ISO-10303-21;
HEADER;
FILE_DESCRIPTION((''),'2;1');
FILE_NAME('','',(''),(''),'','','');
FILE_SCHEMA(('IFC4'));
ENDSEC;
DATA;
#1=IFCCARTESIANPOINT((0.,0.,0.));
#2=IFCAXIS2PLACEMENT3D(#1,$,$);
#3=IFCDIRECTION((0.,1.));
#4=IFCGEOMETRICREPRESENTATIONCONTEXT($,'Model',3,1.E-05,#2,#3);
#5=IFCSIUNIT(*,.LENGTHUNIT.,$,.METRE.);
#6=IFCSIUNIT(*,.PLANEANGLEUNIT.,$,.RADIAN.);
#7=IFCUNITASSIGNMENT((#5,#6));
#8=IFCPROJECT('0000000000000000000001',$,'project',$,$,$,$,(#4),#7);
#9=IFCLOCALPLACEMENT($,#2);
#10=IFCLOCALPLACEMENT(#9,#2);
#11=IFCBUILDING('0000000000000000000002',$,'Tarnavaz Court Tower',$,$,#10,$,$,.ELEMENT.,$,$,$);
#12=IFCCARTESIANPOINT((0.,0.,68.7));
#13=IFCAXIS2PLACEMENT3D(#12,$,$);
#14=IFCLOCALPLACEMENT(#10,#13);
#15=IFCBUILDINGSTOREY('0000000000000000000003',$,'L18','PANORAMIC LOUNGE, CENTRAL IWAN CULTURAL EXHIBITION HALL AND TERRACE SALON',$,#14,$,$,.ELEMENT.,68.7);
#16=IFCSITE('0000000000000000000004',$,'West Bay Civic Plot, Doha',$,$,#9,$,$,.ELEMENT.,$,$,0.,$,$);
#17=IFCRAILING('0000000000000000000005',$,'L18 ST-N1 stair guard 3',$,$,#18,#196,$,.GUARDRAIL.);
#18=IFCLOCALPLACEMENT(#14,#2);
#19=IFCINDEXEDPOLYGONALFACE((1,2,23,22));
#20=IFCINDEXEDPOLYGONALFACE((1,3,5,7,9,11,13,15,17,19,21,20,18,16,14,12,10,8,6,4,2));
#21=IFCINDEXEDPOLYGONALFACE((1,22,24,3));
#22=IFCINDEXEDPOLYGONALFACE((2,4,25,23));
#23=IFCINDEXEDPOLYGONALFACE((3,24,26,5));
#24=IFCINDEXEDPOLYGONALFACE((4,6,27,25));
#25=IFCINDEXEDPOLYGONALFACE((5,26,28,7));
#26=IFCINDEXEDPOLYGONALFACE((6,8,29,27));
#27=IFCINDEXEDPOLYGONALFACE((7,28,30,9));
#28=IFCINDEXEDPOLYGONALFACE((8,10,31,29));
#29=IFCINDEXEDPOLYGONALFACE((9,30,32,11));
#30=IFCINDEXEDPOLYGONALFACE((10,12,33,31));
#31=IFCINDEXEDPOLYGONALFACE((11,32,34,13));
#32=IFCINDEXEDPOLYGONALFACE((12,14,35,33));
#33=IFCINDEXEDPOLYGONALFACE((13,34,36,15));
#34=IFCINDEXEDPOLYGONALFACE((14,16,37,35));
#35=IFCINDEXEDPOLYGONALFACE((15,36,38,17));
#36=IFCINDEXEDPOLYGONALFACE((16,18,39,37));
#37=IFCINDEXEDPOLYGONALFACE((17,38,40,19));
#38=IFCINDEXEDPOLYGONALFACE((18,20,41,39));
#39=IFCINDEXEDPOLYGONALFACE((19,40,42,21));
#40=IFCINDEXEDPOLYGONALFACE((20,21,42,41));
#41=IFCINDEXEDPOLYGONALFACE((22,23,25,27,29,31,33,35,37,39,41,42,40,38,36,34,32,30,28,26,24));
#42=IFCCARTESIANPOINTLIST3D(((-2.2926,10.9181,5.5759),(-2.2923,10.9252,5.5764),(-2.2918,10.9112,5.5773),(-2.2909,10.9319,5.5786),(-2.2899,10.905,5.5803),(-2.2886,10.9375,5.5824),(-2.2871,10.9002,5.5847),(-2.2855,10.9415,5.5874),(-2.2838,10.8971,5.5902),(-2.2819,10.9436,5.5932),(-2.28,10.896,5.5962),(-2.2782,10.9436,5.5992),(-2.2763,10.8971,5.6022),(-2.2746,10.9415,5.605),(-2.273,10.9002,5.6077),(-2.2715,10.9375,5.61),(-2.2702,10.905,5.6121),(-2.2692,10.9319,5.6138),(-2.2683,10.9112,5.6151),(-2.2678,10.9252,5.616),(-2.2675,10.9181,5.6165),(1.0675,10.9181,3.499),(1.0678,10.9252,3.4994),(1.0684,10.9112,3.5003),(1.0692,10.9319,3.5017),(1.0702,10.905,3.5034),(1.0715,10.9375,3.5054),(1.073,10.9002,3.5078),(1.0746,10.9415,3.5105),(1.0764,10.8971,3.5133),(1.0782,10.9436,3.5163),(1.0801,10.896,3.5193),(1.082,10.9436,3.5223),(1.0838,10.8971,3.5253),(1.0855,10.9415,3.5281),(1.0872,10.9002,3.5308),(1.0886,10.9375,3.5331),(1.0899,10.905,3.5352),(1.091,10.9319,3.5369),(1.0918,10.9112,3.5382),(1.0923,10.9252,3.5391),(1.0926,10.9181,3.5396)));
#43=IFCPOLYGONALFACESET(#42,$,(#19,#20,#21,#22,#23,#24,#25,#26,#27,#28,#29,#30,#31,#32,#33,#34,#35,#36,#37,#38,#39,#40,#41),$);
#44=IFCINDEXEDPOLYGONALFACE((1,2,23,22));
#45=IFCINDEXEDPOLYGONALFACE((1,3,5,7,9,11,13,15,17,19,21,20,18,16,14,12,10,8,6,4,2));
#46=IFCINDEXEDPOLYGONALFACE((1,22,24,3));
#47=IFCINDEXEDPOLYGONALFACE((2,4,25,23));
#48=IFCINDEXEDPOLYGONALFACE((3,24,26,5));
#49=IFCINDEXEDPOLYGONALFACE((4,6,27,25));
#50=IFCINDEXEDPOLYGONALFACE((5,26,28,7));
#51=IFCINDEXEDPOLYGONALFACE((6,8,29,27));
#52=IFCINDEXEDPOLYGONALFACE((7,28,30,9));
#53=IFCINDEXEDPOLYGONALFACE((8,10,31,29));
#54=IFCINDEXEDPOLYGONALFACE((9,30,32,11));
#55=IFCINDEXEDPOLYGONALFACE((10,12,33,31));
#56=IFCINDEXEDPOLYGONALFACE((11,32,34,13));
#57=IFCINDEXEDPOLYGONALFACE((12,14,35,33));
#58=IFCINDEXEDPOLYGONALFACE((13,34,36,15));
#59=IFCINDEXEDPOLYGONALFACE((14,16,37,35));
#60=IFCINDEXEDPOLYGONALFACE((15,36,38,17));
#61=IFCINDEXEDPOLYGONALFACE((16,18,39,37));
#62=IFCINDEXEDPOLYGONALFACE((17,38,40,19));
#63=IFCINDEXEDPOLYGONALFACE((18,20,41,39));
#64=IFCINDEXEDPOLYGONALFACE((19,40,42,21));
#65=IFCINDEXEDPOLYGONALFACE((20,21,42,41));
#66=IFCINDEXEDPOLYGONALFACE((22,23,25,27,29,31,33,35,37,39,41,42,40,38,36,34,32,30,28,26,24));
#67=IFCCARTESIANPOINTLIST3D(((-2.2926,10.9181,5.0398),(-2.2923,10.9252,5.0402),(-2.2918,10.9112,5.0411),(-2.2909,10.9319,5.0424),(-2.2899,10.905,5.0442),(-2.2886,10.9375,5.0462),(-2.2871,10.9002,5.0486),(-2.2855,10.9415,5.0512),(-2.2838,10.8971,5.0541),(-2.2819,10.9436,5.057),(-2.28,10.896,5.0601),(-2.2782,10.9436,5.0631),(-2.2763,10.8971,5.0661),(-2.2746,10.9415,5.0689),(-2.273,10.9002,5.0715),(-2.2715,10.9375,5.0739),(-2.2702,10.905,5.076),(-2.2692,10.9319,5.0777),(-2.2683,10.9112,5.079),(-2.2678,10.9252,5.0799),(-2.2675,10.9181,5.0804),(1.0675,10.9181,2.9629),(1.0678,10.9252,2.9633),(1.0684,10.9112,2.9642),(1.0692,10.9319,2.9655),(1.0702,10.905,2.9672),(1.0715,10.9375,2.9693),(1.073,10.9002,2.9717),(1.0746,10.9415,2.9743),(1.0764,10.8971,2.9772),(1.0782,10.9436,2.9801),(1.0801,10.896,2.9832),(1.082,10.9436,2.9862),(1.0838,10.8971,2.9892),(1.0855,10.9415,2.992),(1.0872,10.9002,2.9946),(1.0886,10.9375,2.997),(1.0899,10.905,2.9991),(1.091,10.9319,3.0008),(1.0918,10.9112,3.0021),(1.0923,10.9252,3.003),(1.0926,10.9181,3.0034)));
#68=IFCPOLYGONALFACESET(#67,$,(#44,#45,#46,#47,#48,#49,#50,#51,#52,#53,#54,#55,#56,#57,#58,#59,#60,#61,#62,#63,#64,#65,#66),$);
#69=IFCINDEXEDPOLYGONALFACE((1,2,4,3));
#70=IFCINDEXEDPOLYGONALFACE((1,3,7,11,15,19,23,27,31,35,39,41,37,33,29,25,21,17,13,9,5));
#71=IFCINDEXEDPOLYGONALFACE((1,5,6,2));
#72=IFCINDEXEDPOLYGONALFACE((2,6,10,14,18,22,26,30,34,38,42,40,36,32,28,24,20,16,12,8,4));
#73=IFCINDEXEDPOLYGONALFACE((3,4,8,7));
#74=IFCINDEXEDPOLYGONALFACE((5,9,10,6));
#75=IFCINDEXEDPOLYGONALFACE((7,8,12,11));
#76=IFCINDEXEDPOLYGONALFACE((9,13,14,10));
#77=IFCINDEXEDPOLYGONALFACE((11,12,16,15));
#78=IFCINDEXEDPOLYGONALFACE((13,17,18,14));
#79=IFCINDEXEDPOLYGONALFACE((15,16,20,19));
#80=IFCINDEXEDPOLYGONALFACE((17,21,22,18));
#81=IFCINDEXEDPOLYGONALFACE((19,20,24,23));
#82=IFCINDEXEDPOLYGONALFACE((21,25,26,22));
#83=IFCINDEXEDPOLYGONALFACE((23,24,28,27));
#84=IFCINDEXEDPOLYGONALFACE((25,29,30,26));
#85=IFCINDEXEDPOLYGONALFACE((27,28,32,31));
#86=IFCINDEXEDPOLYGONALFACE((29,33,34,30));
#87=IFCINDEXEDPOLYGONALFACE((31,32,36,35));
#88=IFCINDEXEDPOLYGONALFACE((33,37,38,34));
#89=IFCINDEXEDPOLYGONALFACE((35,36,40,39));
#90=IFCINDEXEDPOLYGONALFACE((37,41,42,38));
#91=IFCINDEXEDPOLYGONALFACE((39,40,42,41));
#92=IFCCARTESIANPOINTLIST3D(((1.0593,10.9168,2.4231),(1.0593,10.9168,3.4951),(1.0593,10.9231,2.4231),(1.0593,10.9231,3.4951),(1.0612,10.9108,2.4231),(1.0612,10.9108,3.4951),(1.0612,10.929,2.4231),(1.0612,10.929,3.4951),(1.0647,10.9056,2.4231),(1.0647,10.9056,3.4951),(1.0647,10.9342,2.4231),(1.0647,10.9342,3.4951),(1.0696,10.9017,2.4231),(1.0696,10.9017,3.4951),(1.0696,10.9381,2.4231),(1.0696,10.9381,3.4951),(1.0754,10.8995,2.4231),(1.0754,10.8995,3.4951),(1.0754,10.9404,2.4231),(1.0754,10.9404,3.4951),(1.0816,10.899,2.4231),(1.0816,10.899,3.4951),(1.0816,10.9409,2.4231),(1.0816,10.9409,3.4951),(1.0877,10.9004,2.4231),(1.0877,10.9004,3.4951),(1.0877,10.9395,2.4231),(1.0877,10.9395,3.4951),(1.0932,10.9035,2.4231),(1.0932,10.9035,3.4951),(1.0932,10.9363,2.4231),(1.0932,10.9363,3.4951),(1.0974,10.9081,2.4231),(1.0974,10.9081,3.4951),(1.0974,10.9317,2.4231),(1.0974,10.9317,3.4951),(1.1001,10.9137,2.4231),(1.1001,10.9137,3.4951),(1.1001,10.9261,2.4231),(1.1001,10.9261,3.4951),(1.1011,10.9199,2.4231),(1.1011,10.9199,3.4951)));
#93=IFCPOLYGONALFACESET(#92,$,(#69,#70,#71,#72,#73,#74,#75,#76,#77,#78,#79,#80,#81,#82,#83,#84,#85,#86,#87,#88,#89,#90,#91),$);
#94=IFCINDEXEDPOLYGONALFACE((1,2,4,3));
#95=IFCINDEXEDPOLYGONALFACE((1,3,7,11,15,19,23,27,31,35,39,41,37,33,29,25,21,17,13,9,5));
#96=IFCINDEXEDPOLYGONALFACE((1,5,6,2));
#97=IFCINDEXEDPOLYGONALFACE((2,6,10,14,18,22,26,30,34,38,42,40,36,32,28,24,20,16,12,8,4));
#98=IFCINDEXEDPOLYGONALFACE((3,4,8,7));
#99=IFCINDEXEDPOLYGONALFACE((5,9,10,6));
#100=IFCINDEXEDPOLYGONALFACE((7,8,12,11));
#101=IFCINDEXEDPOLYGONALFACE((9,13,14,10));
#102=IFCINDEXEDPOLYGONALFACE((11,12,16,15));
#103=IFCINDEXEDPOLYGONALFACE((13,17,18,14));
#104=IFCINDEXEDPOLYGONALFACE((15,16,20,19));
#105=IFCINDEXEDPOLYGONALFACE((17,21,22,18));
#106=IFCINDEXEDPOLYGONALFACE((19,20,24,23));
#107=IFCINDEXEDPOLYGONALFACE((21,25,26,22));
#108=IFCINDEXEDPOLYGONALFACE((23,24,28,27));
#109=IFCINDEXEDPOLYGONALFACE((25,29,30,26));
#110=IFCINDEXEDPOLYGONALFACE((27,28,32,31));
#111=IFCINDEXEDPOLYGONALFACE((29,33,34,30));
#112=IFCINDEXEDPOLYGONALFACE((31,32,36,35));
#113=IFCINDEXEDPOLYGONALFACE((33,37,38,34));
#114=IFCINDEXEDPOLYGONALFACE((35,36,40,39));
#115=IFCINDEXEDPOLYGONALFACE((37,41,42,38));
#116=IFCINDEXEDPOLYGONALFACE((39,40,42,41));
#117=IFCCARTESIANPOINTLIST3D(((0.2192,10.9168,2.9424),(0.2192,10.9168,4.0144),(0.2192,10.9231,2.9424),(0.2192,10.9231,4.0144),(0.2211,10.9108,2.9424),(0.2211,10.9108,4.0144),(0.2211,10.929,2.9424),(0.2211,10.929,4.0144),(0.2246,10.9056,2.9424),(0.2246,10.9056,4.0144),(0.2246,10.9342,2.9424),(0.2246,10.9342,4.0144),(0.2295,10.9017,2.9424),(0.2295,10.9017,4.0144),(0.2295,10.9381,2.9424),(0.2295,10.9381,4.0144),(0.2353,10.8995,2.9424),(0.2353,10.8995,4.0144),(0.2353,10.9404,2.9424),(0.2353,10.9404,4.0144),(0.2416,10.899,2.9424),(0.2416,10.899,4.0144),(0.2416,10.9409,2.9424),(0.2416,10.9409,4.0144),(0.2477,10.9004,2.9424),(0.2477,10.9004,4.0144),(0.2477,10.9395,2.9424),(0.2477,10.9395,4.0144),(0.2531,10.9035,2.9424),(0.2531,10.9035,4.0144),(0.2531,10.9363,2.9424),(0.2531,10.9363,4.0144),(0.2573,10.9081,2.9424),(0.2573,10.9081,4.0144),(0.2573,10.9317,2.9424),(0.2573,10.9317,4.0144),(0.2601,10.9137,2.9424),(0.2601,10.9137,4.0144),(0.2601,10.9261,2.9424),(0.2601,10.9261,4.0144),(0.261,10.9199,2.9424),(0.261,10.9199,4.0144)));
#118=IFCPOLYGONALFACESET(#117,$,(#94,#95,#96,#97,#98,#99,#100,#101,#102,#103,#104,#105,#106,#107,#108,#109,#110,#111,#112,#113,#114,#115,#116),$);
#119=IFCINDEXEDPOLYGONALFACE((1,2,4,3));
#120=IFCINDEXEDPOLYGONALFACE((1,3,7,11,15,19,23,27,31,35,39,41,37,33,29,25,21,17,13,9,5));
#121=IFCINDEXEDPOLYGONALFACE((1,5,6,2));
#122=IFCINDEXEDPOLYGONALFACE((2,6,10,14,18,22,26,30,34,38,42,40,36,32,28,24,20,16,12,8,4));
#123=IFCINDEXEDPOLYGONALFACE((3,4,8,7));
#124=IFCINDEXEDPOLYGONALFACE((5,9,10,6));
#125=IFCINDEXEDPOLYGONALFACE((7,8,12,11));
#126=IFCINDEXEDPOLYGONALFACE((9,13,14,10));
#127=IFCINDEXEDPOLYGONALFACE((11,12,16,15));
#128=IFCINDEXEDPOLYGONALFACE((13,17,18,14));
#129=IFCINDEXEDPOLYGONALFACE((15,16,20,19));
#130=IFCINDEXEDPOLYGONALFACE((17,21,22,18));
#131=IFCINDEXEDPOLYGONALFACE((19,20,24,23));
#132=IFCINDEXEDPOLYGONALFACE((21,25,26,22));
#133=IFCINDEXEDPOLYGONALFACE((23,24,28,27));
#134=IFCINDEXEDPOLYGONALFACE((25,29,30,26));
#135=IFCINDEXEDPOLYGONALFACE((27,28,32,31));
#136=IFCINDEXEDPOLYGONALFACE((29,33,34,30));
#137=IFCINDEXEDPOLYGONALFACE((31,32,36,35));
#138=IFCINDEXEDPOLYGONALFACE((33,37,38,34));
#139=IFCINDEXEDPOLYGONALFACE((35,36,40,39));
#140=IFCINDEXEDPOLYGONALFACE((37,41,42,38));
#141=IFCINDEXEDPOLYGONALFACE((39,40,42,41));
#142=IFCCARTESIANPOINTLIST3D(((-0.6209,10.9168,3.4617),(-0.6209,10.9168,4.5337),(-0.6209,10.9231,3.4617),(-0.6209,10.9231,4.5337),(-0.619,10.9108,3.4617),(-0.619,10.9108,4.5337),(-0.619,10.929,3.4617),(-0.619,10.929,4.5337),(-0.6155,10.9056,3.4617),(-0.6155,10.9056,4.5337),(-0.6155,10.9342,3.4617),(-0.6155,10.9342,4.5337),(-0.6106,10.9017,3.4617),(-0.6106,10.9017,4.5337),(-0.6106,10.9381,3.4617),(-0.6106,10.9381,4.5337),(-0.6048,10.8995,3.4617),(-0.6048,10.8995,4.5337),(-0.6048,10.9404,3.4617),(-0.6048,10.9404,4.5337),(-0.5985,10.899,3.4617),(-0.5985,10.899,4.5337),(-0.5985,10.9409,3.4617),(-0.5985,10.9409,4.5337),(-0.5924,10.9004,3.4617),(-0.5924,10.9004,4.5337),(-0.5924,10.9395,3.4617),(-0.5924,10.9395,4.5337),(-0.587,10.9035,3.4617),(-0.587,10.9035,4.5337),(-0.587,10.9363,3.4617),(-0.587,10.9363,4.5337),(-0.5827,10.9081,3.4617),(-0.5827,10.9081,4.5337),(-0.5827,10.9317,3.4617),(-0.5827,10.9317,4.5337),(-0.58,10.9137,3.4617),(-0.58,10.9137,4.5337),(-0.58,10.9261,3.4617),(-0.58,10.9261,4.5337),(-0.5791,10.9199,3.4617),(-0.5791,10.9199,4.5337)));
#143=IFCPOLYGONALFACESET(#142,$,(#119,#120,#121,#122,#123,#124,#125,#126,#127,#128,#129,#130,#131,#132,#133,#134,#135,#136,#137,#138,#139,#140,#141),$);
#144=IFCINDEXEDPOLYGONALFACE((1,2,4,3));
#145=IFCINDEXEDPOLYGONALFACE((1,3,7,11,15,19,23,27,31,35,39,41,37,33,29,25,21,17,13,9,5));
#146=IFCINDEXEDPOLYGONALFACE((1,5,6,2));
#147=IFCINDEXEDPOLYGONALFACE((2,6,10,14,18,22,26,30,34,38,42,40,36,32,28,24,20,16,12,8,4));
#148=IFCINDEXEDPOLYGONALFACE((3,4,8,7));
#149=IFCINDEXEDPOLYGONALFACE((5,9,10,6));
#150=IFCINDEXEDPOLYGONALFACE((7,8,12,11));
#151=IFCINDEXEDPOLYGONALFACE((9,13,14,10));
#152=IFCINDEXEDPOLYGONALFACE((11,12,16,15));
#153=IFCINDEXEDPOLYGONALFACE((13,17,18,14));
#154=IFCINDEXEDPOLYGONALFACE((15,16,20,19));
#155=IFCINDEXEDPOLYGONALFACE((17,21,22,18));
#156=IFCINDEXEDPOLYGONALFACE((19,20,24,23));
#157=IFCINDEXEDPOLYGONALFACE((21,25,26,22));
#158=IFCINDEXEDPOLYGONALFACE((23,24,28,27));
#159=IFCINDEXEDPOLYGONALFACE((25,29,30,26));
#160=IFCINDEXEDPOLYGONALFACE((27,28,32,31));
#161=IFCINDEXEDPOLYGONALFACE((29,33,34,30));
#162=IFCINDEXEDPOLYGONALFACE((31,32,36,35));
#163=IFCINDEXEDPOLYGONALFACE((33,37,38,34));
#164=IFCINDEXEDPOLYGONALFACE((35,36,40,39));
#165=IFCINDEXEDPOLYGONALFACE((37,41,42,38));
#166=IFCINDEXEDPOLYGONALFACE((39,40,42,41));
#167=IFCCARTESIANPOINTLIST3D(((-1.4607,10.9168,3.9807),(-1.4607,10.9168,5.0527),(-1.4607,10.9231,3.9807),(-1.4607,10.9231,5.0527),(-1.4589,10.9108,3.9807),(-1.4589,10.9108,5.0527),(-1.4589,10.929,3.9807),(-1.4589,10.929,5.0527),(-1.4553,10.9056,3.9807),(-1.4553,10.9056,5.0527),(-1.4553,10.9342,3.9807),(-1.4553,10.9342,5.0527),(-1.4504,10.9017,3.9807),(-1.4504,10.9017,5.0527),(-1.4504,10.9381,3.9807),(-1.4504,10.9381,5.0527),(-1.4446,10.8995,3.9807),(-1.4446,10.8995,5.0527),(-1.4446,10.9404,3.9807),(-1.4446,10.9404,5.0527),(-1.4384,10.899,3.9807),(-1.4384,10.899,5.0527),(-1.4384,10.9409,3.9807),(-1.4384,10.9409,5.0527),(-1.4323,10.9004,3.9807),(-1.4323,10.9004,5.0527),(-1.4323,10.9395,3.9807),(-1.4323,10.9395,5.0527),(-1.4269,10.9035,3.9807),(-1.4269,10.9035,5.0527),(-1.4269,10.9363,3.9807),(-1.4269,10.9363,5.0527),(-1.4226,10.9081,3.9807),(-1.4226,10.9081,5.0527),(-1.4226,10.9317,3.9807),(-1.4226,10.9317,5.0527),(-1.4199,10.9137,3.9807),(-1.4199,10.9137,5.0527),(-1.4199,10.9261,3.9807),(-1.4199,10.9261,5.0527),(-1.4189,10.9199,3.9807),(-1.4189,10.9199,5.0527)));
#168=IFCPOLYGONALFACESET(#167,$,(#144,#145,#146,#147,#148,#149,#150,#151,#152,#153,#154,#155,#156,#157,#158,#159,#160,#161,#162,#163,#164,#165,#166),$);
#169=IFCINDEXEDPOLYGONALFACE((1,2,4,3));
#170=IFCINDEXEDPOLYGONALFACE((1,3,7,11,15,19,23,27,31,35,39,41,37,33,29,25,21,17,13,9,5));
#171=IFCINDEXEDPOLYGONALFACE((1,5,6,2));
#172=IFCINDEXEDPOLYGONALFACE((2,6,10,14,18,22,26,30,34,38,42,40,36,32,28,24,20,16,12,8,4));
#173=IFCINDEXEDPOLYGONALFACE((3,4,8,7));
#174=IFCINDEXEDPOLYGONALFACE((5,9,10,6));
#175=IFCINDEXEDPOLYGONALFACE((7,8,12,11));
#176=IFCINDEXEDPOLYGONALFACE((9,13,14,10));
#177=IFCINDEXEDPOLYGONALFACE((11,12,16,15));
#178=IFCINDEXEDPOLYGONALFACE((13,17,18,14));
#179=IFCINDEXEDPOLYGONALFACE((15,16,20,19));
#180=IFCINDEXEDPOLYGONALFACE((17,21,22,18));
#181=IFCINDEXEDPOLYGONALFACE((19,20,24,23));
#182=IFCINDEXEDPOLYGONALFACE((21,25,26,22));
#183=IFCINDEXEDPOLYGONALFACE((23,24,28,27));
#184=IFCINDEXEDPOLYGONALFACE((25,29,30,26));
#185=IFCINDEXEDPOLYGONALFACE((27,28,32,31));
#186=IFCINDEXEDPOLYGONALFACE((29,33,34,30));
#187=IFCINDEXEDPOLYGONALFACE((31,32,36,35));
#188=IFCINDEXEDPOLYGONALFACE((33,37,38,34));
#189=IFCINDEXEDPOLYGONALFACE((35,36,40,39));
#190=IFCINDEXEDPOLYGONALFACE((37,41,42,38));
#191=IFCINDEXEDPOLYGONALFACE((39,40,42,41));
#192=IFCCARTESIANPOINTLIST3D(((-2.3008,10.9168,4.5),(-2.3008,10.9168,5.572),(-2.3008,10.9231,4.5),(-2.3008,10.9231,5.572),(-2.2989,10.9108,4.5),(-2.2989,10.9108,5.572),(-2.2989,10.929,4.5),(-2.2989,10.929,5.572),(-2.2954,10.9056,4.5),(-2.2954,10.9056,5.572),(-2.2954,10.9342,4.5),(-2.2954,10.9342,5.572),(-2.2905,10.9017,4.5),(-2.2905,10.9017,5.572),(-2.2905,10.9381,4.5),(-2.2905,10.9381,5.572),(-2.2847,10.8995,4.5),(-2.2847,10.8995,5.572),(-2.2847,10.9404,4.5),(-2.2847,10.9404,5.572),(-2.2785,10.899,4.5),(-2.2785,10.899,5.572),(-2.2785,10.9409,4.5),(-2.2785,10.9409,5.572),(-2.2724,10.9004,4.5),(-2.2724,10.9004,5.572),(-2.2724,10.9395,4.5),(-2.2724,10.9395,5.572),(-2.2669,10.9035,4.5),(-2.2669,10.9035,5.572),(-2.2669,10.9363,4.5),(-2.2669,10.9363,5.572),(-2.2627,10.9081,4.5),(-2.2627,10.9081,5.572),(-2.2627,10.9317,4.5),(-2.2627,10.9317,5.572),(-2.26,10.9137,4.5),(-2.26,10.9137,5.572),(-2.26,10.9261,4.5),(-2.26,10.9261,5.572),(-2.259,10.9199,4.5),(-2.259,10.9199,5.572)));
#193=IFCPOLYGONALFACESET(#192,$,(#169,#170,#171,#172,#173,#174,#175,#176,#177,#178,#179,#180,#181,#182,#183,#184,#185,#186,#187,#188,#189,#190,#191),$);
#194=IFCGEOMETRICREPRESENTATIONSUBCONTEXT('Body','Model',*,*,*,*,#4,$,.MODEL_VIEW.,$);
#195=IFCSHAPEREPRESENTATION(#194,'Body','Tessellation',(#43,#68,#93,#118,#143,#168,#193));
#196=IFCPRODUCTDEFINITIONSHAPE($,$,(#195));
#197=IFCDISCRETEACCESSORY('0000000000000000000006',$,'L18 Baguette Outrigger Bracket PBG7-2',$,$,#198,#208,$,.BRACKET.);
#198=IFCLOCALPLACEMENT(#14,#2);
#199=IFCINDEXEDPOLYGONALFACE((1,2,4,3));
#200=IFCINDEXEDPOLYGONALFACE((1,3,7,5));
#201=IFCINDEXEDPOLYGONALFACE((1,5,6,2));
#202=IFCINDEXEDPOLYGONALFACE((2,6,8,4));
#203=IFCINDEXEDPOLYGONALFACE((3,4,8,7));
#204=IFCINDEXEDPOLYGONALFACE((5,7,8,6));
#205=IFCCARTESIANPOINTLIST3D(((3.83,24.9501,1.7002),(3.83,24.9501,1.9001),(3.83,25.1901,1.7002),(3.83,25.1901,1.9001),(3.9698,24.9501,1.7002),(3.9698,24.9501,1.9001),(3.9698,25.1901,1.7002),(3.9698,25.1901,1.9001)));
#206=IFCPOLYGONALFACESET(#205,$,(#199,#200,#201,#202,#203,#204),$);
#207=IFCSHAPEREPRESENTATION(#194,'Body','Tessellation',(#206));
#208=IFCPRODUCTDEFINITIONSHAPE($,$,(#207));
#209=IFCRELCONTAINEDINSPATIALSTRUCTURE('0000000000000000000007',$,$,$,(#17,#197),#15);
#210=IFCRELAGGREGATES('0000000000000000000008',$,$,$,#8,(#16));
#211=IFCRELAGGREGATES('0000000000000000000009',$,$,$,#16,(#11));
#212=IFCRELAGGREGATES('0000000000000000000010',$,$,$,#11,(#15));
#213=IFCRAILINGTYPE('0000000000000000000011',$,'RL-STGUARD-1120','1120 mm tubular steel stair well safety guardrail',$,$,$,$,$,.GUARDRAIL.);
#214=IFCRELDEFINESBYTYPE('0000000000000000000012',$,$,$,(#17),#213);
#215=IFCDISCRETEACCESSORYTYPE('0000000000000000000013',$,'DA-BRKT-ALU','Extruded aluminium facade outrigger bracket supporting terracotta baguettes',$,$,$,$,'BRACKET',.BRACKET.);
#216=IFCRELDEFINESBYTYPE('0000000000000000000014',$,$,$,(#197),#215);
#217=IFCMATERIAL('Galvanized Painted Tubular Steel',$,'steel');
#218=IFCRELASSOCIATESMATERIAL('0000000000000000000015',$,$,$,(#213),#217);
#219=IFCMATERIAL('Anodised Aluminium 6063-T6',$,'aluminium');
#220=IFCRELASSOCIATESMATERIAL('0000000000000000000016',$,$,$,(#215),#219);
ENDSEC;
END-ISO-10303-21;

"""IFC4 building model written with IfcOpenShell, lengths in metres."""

from ifc_helpers import new_model, si_unit, direction, frame, origin, origin_2d, place, context, subcontext, project, spatial, rectangle, circle, extrude, material, type_object, element, save


model = new_model("IFC4")

# Units and contexts
model_context = context("Model", 3, precision=1e-05, world=origin(), true_north=direction((0.0, 1.0)))
body_context = subcontext(model_context, "Body", "Model", "MODEL_VIEW")
ifc_project = project(units=[si_unit("LENGTHUNIT", "METRE"), si_unit("PLANEANGLEUNIT", "RADIAN")], contexts=[model_context])

# Site, building, storey
site_placement = place(None, origin())
site = spatial("IfcSite", under=ifc_project, at=site_placement, Name="West Bay Civic Plot, Doha", CompositionType="ELEMENT", RefElevation=0.0)
building_placement = place(site_placement, origin())
building = spatial("IfcBuilding", under=site, at=building_placement, Name="Tarnavaz Court Tower", CompositionType="ELEMENT")
storey_placement = place(building_placement, frame((0.0, 0.0, 68.7)))
storey = spatial("IfcBuildingStorey", under=building, at=storey_placement, Name="L18", Description="PANORAMIC LOUNGE, CENTRAL IWAN CULTURAL EXHIBITION HALL AND TERRACE SALON", CompositionType="ELEMENT", Elevation=68.7)

# Shared definitions
ifc_material_1 = material(Name="Anodised Aluminium 6063-T6", Category="aluminium")

# Railing
ifc_material_2 = material(Name="Galvanized Painted Tubular Steel", Category="steel")
railing_type_1 = type_object("IfcRailingType", Name="RL-STGUARD-1120", Description="1120 mm tubular steel stair well safety guardrail", PredefinedType="GUARDRAIL", material=ifc_material_2)
railing_1_placement = place(storey_placement, frame((1.0801, 10.9199, 2.4231)))
element("IfcRailing", 1, at=railing_1_placement, inside=storey, type_object=railing_type_1, Name="L18 ST-N1 stair guard 3", PredefinedType="GUARDRAIL", context=body_context, shape_type="SweptSolid", body=[
    extrude(circle(Radius=0.0239, at=origin_2d()), frame((0.0, 0.0, 1.0962), z_axis=(-0.850623, 0.0, 0.525776), x_axis=(0.0, -1.0, 0.0)), (0.0, 0.0, 1.0), 3.9502),
    extrude(circle(Radius=0.0239, at=origin_2d()), frame((0.0, 0.0, 0.5601), z_axis=(-0.850623, 0.0, 0.525776), x_axis=(0.0, -1.0, 0.0)), (0.0, 0.0, 1.0), 3.9502),
    extrude(circle(Radius=0.021, at=origin_2d()), origin(), (0.0, 0.0, 1.0), 1.072),
    extrude(circle(Radius=0.021, at=origin_2d()), frame((-0.8401, 0.0, 0.5193)), (0.0, 0.0, 1.0), 1.072),
    extrude(circle(Radius=0.021, at=origin_2d()), frame((-1.6802, 0.0, 1.0386)), (0.0, 0.0, 1.0), 1.072),
    extrude(circle(Radius=0.021, at=origin_2d()), frame((-2.52, 0.0, 1.5576)), (0.0, 0.0, 1.0), 1.072),
    extrude(circle(Radius=0.021, at=origin_2d()), frame((-3.3601, 0.0, 2.0769)), (0.0, 0.0, 1.0), 1.072),
])

# Discrete accessory
discrete_accessory_type = type_object("IfcDiscreteAccessoryType", Name="DA-BRKT-ALU", Description="Extruded aluminium facade outrigger bracket supporting terracotta baguettes", ElementType="BRACKET", PredefinedType="BRACKET", material=ifc_material_1)
discrete_accessory_1_placement = place(storey_placement, frame((3.8999, 25.0701, 1.7002), z_axis=(0.0, 0.0, 1.0), x_axis=(1.0, 0.0, 0.0)))
element("IfcDiscreteAccessory", 2, at=discrete_accessory_1_placement, inside=storey, type_object=discrete_accessory_type, Name="L18 Baguette Outrigger Bracket PBG7-2", PredefinedType="BRACKET", context=body_context, shape_type="SweptSolid", body=[
    extrude(rectangle(XDim=0.1399, YDim=0.24, at=origin_2d()), origin(), (0.0, 0.0, 1.0), 0.2),
])

save(model, "model.ifc")
